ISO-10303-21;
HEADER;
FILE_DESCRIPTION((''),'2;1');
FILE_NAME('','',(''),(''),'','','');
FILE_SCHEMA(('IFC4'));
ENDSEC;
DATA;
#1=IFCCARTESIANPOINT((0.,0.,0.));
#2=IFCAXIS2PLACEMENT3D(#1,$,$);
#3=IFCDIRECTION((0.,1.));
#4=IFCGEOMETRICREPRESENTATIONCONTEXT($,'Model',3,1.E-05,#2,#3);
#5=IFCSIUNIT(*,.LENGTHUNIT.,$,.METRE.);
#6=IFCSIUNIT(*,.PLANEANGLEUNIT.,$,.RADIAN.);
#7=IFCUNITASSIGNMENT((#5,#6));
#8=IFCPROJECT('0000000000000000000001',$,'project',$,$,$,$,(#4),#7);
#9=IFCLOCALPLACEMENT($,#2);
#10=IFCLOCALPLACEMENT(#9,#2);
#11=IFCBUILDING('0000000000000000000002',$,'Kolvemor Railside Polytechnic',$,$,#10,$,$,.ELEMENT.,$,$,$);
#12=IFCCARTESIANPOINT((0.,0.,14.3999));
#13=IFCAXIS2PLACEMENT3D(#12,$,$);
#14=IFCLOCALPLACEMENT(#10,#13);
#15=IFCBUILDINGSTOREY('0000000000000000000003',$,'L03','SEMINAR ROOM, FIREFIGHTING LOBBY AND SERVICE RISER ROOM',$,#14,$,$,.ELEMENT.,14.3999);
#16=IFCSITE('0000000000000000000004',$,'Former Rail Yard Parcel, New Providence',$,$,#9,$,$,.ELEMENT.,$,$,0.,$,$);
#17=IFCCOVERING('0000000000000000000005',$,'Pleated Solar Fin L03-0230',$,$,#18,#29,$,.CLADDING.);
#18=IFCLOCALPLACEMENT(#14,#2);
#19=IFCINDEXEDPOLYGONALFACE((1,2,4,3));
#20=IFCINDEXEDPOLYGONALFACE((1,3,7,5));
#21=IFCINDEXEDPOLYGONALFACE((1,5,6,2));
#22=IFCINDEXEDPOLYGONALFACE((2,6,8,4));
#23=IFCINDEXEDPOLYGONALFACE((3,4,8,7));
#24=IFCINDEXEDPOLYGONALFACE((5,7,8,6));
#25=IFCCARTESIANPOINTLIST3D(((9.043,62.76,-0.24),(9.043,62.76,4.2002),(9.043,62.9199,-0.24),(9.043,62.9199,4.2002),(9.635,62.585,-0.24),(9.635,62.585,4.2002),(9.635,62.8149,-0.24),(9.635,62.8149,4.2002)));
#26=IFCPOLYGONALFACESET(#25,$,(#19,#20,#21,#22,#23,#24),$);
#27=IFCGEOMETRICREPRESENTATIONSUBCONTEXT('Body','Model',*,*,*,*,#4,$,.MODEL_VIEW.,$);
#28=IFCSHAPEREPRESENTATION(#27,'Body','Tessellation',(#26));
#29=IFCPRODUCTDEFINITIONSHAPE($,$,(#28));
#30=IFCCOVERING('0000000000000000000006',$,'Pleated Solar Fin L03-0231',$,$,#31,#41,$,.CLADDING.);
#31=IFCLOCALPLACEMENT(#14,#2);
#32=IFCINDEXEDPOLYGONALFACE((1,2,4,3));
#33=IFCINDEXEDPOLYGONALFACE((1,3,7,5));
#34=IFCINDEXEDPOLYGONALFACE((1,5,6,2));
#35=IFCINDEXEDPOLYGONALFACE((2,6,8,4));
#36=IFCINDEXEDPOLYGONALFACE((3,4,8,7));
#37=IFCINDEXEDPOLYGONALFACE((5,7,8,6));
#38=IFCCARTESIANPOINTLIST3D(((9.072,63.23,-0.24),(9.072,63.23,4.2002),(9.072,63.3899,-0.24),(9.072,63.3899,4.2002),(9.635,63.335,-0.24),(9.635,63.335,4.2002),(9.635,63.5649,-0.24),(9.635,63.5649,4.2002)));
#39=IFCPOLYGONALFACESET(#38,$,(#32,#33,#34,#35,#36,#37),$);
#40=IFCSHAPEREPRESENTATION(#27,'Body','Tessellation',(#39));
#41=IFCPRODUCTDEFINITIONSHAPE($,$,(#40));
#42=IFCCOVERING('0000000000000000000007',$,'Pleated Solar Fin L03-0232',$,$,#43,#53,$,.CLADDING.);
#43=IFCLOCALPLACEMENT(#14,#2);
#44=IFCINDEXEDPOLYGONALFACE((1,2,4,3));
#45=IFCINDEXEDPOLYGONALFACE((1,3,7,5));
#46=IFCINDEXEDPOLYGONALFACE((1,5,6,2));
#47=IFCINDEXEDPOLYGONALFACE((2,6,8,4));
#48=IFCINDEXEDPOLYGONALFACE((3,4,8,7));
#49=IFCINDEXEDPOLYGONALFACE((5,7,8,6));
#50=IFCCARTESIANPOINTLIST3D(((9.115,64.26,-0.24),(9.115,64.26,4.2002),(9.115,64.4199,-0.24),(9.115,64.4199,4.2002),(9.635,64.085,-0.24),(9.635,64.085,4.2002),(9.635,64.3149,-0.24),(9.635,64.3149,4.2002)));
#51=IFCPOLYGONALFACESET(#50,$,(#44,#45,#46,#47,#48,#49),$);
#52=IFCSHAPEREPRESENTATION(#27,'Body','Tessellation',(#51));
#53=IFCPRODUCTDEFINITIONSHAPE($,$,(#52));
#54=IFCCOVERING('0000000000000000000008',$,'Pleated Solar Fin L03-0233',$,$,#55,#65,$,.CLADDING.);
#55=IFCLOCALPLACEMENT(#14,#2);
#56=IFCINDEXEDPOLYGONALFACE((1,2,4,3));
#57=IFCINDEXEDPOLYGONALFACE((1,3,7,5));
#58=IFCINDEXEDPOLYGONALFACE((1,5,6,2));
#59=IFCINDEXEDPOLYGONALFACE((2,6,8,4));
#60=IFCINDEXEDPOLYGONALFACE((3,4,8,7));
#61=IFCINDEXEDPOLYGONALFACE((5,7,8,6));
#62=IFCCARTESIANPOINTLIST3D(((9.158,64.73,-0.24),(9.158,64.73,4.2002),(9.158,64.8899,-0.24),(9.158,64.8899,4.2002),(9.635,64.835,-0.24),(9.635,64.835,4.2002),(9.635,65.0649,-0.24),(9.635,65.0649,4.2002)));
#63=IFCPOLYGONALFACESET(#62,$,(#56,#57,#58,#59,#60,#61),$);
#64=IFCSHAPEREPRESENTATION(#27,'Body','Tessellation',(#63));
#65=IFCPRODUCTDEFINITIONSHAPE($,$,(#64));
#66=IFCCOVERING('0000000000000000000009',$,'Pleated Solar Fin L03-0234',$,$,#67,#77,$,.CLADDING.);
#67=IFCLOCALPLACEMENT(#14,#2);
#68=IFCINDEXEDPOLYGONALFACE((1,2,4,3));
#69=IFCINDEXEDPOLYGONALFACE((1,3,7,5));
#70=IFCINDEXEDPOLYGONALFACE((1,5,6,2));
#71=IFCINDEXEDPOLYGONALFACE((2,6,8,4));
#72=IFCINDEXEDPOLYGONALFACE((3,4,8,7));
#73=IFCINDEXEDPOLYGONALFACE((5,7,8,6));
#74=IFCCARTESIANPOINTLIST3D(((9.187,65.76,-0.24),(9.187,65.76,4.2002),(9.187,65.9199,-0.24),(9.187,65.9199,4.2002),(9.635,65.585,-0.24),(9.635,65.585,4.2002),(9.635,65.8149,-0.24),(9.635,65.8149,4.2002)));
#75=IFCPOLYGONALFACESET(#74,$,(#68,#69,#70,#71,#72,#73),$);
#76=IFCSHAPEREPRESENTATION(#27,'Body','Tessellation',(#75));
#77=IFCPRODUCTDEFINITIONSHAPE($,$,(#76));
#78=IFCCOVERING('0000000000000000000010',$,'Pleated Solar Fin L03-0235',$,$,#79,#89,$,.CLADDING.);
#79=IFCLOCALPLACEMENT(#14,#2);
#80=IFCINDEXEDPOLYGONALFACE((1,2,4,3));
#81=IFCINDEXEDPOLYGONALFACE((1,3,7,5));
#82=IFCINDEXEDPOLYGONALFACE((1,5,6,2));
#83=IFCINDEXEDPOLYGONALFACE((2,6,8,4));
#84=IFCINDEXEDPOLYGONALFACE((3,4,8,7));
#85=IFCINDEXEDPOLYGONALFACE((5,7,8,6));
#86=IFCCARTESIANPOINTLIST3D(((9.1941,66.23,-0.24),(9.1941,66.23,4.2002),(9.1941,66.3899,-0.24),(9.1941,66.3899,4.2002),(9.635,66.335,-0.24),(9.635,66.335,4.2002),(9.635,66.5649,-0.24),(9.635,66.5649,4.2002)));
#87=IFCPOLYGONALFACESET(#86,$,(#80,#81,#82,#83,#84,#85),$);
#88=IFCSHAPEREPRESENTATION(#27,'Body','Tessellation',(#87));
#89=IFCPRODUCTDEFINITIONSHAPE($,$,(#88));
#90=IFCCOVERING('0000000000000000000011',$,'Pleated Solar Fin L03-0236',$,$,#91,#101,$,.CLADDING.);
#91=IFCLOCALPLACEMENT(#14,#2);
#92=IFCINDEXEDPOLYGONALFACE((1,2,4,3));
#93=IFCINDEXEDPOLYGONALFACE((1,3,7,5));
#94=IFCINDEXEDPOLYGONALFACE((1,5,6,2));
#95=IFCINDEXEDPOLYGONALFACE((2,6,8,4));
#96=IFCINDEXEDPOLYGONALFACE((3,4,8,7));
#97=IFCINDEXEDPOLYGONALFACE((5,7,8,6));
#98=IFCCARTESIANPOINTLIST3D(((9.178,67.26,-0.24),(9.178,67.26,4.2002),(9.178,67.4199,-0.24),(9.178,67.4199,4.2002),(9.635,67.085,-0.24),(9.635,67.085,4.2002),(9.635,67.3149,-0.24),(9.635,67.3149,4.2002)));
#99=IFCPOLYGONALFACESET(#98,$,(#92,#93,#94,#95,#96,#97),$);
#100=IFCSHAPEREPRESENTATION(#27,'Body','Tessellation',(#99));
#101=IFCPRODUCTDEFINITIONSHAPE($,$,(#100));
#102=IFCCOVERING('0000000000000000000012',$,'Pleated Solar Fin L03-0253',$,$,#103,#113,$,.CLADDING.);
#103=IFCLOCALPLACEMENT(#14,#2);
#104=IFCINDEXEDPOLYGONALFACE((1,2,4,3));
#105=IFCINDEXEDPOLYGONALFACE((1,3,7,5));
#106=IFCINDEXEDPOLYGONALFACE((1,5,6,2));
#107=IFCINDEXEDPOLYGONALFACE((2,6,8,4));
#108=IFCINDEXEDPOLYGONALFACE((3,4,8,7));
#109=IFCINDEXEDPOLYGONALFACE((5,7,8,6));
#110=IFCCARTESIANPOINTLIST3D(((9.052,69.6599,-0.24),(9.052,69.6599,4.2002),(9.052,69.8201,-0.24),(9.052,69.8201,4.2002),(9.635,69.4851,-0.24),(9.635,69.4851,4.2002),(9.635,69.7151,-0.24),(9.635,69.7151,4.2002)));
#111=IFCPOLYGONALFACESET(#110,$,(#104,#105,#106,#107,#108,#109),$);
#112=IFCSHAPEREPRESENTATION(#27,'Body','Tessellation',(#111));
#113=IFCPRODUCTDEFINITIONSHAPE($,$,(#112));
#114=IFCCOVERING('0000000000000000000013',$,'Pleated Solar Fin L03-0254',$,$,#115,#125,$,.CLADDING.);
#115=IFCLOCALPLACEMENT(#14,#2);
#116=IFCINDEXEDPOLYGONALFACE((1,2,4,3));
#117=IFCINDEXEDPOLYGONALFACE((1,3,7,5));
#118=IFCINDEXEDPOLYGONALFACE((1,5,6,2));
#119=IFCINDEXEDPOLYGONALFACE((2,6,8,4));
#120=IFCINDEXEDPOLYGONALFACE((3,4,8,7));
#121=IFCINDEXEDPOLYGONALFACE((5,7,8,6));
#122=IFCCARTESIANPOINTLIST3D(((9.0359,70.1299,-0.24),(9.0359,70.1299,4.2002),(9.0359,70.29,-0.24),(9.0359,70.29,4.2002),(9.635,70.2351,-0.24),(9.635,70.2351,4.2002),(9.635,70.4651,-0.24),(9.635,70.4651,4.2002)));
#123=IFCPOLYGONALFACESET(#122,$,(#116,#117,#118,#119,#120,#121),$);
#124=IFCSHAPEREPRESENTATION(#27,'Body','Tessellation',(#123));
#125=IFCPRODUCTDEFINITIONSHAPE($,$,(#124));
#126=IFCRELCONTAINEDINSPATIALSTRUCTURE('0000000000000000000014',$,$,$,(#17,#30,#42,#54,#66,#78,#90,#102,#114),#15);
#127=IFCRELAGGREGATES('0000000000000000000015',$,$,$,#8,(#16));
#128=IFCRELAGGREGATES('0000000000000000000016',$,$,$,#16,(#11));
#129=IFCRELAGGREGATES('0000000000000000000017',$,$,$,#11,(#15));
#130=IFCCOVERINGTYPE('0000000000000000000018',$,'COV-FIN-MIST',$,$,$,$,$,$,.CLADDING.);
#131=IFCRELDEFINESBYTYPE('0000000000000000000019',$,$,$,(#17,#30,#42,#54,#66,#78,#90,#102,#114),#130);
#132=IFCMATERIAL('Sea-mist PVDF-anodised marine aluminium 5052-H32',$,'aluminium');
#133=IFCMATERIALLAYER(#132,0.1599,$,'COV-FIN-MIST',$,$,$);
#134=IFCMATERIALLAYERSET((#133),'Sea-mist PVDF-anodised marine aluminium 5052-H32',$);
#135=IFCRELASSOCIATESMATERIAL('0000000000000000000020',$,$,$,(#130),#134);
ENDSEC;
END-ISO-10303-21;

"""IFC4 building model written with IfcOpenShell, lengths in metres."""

from ifc_helpers import new_model, si_unit, direction, frame, origin, place, context, subcontext, project, spatial, polyline, outline, extrude, material, layer, layer_set, type_object, element, save


model = new_model("IFC4")

# Units and contexts
model_context = context("Model", 3, precision=1e-05, world=origin(), true_north=direction((0.0, 1.0)))
body_context = subcontext(model_context, "Body", "Model", "MODEL_VIEW")
ifc_project = project(units=[si_unit("LENGTHUNIT", "METRE"), si_unit("PLANEANGLEUNIT", "RADIAN")], contexts=[model_context])

# Site, building, storey
site_placement = place(None, origin())
site = spatial("IfcSite", under=ifc_project, at=site_placement, Name="Former Rail Yard Parcel, New Providence", CompositionType="ELEMENT", RefElevation=0.0)
building_placement = place(site_placement, origin())
building = spatial("IfcBuilding", under=site, at=building_placement, Name="Kolvemor Railside Polytechnic", CompositionType="ELEMENT")
storey_placement = place(building_placement, frame((0.0, 0.0, 14.3999)))
storey = spatial("IfcBuildingStorey", under=building, at=storey_placement, Name="L03", Description="SEMINAR ROOM, FIREFIGHTING LOBBY AND SERVICE RISER ROOM", CompositionType="ELEMENT", Elevation=14.3999)

# Coverings
ifc_material = material(Name="Sea-mist PVDF-anodised marine aluminium 5052-H32", Category="aluminium")
ifc_layer = layer(ifc_material, 0.1599, Name="COV-FIN-MIST")
ifc_layer_set = layer_set([ifc_layer], Name="Sea-mist PVDF-anodised marine aluminium 5052-H32")
covering_type = type_object("IfcCoveringType", Name="COV-FIN-MIST", PredefinedType="CLADDING", material=ifc_layer_set)
covering_1_placement = place(storey_placement, frame((0.0, 0.0, -0.24)))
element("IfcCovering", 1, at=covering_1_placement, inside=storey, type_object=covering_type, Name="Pleated Solar Fin L03-0230", PredefinedType="CLADDING", context=body_context, shape_type="SweptSolid", body=[
    extrude(outline(polyline([(9.635, 62.585), (9.635, 62.8149), (9.043, 62.9199), (9.043, 62.76), (9.635, 62.585)])), origin(), (0.0, 0.0, 1.0), 4.4402),
])
covering_2_placement = place(storey_placement, frame((0.0, 0.0, -0.24)))
element("IfcCovering", 2, at=covering_2_placement, inside=storey, type_object=covering_type, Name="Pleated Solar Fin L03-0231", PredefinedType="CLADDING", context=body_context, shape_type="SweptSolid", body=[
    extrude(outline(polyline([(9.635, 63.335), (9.635, 63.5649), (9.072, 63.3899), (9.072, 63.23), (9.635, 63.335)])), origin(), (0.0, 0.0, 1.0), 4.4402),
])
covering_3_placement = place(storey_placement, frame((0.0, 0.0, -0.24)))
element("IfcCovering", 3, at=covering_3_placement, inside=storey, type_object=covering_type, Name="Pleated Solar Fin L03-0232", PredefinedType="CLADDING", context=body_context, shape_type="SweptSolid", body=[
    extrude(outline(polyline([(9.635, 64.085), (9.635, 64.3149), (9.115, 64.4199), (9.115, 64.26), (9.635, 64.085)])), origin(), (0.0, 0.0, 1.0), 4.4402),
])
covering_4_placement = place(storey_placement, frame((0.0, 0.0, -0.24)))
element("IfcCovering", 4, at=covering_4_placement, inside=storey, type_object=covering_type, Name="Pleated Solar Fin L03-0233", PredefinedType="CLADDING", context=body_context, shape_type="SweptSolid", body=[
    extrude(outline(polyline([(9.635, 64.835), (9.635, 65.0649), (9.158, 64.8899), (9.158, 64.73), (9.635, 64.835)])), origin(), (0.0, 0.0, 1.0), 4.4402),
])
covering_5_placement = place(storey_placement, frame((0.0, 0.0, -0.24)))
element("IfcCovering", 5, at=covering_5_placement, inside=storey, type_object=covering_type, Name="Pleated Solar Fin L03-0234", PredefinedType="CLADDING", context=body_context, shape_type="SweptSolid", body=[
    extrude(outline(polyline([(9.635, 65.585), (9.635, 65.8149), (9.187, 65.9199), (9.187, 65.76), (9.635, 65.585)])), origin(), (0.0, 0.0, 1.0), 4.4402),
])
covering_6_placement = place(storey_placement, frame((0.0, 0.0, -0.24)))
element("IfcCovering", 6, at=covering_6_placement, inside=storey, type_object=covering_type, Name="Pleated Solar Fin L03-0235", PredefinedType="CLADDING", context=body_context, shape_type="SweptSolid", body=[
    extrude(outline(polyline([(9.635, 66.335), (9.635, 66.5649), (9.1941, 66.3899), (9.1941, 66.23), (9.635, 66.335)])), origin(), (0.0, 0.0, 1.0), 4.4402),
])
covering_7_placement = place(storey_placement, frame((0.0, 0.0, -0.24)))
element("IfcCovering", 7, at=covering_7_placement, inside=storey, type_object=covering_type, Name="Pleated Solar Fin L03-0236", PredefinedType="CLADDING", context=body_context, shape_type="SweptSolid", body=[
    extrude(outline(polyline([(9.635, 67.085), (9.635, 67.3149), (9.178, 67.4199), (9.178, 67.26), (9.635, 67.085)])), origin(), (0.0, 0.0, 1.0), 4.4402),
])
covering_8_placement = place(storey_placement, frame((0.0, 0.0, -0.24)))
element("IfcCovering", 8, at=covering_8_placement, inside=storey, type_object=covering_type, Name="Pleated Solar Fin L03-0253", PredefinedType="CLADDING", context=body_context, shape_type="SweptSolid", body=[
    extrude(outline(polyline([(9.635, 69.4851), (9.635, 69.7151), (9.052, 69.8201), (9.052, 69.6599), (9.635, 69.4851)])), origin(), (0.0, 0.0, 1.0), 4.4402),
])
covering_9_placement = place(storey_placement, frame((0.0, 0.0, -0.24)))
element("IfcCovering", 9, at=covering_9_placement, inside=storey, type_object=covering_type, Name="Pleated Solar Fin L03-0254", PredefinedType="CLADDING", context=body_context, shape_type="SweptSolid", body=[
    extrude(outline(polyline([(9.635, 70.2351), (9.635, 70.4651), (9.0359, 70.29), (9.0359, 70.1299), (9.635, 70.2351)])), origin(), (0.0, 0.0, 1.0), 4.4402),
])

save(model, "model.ifc")
